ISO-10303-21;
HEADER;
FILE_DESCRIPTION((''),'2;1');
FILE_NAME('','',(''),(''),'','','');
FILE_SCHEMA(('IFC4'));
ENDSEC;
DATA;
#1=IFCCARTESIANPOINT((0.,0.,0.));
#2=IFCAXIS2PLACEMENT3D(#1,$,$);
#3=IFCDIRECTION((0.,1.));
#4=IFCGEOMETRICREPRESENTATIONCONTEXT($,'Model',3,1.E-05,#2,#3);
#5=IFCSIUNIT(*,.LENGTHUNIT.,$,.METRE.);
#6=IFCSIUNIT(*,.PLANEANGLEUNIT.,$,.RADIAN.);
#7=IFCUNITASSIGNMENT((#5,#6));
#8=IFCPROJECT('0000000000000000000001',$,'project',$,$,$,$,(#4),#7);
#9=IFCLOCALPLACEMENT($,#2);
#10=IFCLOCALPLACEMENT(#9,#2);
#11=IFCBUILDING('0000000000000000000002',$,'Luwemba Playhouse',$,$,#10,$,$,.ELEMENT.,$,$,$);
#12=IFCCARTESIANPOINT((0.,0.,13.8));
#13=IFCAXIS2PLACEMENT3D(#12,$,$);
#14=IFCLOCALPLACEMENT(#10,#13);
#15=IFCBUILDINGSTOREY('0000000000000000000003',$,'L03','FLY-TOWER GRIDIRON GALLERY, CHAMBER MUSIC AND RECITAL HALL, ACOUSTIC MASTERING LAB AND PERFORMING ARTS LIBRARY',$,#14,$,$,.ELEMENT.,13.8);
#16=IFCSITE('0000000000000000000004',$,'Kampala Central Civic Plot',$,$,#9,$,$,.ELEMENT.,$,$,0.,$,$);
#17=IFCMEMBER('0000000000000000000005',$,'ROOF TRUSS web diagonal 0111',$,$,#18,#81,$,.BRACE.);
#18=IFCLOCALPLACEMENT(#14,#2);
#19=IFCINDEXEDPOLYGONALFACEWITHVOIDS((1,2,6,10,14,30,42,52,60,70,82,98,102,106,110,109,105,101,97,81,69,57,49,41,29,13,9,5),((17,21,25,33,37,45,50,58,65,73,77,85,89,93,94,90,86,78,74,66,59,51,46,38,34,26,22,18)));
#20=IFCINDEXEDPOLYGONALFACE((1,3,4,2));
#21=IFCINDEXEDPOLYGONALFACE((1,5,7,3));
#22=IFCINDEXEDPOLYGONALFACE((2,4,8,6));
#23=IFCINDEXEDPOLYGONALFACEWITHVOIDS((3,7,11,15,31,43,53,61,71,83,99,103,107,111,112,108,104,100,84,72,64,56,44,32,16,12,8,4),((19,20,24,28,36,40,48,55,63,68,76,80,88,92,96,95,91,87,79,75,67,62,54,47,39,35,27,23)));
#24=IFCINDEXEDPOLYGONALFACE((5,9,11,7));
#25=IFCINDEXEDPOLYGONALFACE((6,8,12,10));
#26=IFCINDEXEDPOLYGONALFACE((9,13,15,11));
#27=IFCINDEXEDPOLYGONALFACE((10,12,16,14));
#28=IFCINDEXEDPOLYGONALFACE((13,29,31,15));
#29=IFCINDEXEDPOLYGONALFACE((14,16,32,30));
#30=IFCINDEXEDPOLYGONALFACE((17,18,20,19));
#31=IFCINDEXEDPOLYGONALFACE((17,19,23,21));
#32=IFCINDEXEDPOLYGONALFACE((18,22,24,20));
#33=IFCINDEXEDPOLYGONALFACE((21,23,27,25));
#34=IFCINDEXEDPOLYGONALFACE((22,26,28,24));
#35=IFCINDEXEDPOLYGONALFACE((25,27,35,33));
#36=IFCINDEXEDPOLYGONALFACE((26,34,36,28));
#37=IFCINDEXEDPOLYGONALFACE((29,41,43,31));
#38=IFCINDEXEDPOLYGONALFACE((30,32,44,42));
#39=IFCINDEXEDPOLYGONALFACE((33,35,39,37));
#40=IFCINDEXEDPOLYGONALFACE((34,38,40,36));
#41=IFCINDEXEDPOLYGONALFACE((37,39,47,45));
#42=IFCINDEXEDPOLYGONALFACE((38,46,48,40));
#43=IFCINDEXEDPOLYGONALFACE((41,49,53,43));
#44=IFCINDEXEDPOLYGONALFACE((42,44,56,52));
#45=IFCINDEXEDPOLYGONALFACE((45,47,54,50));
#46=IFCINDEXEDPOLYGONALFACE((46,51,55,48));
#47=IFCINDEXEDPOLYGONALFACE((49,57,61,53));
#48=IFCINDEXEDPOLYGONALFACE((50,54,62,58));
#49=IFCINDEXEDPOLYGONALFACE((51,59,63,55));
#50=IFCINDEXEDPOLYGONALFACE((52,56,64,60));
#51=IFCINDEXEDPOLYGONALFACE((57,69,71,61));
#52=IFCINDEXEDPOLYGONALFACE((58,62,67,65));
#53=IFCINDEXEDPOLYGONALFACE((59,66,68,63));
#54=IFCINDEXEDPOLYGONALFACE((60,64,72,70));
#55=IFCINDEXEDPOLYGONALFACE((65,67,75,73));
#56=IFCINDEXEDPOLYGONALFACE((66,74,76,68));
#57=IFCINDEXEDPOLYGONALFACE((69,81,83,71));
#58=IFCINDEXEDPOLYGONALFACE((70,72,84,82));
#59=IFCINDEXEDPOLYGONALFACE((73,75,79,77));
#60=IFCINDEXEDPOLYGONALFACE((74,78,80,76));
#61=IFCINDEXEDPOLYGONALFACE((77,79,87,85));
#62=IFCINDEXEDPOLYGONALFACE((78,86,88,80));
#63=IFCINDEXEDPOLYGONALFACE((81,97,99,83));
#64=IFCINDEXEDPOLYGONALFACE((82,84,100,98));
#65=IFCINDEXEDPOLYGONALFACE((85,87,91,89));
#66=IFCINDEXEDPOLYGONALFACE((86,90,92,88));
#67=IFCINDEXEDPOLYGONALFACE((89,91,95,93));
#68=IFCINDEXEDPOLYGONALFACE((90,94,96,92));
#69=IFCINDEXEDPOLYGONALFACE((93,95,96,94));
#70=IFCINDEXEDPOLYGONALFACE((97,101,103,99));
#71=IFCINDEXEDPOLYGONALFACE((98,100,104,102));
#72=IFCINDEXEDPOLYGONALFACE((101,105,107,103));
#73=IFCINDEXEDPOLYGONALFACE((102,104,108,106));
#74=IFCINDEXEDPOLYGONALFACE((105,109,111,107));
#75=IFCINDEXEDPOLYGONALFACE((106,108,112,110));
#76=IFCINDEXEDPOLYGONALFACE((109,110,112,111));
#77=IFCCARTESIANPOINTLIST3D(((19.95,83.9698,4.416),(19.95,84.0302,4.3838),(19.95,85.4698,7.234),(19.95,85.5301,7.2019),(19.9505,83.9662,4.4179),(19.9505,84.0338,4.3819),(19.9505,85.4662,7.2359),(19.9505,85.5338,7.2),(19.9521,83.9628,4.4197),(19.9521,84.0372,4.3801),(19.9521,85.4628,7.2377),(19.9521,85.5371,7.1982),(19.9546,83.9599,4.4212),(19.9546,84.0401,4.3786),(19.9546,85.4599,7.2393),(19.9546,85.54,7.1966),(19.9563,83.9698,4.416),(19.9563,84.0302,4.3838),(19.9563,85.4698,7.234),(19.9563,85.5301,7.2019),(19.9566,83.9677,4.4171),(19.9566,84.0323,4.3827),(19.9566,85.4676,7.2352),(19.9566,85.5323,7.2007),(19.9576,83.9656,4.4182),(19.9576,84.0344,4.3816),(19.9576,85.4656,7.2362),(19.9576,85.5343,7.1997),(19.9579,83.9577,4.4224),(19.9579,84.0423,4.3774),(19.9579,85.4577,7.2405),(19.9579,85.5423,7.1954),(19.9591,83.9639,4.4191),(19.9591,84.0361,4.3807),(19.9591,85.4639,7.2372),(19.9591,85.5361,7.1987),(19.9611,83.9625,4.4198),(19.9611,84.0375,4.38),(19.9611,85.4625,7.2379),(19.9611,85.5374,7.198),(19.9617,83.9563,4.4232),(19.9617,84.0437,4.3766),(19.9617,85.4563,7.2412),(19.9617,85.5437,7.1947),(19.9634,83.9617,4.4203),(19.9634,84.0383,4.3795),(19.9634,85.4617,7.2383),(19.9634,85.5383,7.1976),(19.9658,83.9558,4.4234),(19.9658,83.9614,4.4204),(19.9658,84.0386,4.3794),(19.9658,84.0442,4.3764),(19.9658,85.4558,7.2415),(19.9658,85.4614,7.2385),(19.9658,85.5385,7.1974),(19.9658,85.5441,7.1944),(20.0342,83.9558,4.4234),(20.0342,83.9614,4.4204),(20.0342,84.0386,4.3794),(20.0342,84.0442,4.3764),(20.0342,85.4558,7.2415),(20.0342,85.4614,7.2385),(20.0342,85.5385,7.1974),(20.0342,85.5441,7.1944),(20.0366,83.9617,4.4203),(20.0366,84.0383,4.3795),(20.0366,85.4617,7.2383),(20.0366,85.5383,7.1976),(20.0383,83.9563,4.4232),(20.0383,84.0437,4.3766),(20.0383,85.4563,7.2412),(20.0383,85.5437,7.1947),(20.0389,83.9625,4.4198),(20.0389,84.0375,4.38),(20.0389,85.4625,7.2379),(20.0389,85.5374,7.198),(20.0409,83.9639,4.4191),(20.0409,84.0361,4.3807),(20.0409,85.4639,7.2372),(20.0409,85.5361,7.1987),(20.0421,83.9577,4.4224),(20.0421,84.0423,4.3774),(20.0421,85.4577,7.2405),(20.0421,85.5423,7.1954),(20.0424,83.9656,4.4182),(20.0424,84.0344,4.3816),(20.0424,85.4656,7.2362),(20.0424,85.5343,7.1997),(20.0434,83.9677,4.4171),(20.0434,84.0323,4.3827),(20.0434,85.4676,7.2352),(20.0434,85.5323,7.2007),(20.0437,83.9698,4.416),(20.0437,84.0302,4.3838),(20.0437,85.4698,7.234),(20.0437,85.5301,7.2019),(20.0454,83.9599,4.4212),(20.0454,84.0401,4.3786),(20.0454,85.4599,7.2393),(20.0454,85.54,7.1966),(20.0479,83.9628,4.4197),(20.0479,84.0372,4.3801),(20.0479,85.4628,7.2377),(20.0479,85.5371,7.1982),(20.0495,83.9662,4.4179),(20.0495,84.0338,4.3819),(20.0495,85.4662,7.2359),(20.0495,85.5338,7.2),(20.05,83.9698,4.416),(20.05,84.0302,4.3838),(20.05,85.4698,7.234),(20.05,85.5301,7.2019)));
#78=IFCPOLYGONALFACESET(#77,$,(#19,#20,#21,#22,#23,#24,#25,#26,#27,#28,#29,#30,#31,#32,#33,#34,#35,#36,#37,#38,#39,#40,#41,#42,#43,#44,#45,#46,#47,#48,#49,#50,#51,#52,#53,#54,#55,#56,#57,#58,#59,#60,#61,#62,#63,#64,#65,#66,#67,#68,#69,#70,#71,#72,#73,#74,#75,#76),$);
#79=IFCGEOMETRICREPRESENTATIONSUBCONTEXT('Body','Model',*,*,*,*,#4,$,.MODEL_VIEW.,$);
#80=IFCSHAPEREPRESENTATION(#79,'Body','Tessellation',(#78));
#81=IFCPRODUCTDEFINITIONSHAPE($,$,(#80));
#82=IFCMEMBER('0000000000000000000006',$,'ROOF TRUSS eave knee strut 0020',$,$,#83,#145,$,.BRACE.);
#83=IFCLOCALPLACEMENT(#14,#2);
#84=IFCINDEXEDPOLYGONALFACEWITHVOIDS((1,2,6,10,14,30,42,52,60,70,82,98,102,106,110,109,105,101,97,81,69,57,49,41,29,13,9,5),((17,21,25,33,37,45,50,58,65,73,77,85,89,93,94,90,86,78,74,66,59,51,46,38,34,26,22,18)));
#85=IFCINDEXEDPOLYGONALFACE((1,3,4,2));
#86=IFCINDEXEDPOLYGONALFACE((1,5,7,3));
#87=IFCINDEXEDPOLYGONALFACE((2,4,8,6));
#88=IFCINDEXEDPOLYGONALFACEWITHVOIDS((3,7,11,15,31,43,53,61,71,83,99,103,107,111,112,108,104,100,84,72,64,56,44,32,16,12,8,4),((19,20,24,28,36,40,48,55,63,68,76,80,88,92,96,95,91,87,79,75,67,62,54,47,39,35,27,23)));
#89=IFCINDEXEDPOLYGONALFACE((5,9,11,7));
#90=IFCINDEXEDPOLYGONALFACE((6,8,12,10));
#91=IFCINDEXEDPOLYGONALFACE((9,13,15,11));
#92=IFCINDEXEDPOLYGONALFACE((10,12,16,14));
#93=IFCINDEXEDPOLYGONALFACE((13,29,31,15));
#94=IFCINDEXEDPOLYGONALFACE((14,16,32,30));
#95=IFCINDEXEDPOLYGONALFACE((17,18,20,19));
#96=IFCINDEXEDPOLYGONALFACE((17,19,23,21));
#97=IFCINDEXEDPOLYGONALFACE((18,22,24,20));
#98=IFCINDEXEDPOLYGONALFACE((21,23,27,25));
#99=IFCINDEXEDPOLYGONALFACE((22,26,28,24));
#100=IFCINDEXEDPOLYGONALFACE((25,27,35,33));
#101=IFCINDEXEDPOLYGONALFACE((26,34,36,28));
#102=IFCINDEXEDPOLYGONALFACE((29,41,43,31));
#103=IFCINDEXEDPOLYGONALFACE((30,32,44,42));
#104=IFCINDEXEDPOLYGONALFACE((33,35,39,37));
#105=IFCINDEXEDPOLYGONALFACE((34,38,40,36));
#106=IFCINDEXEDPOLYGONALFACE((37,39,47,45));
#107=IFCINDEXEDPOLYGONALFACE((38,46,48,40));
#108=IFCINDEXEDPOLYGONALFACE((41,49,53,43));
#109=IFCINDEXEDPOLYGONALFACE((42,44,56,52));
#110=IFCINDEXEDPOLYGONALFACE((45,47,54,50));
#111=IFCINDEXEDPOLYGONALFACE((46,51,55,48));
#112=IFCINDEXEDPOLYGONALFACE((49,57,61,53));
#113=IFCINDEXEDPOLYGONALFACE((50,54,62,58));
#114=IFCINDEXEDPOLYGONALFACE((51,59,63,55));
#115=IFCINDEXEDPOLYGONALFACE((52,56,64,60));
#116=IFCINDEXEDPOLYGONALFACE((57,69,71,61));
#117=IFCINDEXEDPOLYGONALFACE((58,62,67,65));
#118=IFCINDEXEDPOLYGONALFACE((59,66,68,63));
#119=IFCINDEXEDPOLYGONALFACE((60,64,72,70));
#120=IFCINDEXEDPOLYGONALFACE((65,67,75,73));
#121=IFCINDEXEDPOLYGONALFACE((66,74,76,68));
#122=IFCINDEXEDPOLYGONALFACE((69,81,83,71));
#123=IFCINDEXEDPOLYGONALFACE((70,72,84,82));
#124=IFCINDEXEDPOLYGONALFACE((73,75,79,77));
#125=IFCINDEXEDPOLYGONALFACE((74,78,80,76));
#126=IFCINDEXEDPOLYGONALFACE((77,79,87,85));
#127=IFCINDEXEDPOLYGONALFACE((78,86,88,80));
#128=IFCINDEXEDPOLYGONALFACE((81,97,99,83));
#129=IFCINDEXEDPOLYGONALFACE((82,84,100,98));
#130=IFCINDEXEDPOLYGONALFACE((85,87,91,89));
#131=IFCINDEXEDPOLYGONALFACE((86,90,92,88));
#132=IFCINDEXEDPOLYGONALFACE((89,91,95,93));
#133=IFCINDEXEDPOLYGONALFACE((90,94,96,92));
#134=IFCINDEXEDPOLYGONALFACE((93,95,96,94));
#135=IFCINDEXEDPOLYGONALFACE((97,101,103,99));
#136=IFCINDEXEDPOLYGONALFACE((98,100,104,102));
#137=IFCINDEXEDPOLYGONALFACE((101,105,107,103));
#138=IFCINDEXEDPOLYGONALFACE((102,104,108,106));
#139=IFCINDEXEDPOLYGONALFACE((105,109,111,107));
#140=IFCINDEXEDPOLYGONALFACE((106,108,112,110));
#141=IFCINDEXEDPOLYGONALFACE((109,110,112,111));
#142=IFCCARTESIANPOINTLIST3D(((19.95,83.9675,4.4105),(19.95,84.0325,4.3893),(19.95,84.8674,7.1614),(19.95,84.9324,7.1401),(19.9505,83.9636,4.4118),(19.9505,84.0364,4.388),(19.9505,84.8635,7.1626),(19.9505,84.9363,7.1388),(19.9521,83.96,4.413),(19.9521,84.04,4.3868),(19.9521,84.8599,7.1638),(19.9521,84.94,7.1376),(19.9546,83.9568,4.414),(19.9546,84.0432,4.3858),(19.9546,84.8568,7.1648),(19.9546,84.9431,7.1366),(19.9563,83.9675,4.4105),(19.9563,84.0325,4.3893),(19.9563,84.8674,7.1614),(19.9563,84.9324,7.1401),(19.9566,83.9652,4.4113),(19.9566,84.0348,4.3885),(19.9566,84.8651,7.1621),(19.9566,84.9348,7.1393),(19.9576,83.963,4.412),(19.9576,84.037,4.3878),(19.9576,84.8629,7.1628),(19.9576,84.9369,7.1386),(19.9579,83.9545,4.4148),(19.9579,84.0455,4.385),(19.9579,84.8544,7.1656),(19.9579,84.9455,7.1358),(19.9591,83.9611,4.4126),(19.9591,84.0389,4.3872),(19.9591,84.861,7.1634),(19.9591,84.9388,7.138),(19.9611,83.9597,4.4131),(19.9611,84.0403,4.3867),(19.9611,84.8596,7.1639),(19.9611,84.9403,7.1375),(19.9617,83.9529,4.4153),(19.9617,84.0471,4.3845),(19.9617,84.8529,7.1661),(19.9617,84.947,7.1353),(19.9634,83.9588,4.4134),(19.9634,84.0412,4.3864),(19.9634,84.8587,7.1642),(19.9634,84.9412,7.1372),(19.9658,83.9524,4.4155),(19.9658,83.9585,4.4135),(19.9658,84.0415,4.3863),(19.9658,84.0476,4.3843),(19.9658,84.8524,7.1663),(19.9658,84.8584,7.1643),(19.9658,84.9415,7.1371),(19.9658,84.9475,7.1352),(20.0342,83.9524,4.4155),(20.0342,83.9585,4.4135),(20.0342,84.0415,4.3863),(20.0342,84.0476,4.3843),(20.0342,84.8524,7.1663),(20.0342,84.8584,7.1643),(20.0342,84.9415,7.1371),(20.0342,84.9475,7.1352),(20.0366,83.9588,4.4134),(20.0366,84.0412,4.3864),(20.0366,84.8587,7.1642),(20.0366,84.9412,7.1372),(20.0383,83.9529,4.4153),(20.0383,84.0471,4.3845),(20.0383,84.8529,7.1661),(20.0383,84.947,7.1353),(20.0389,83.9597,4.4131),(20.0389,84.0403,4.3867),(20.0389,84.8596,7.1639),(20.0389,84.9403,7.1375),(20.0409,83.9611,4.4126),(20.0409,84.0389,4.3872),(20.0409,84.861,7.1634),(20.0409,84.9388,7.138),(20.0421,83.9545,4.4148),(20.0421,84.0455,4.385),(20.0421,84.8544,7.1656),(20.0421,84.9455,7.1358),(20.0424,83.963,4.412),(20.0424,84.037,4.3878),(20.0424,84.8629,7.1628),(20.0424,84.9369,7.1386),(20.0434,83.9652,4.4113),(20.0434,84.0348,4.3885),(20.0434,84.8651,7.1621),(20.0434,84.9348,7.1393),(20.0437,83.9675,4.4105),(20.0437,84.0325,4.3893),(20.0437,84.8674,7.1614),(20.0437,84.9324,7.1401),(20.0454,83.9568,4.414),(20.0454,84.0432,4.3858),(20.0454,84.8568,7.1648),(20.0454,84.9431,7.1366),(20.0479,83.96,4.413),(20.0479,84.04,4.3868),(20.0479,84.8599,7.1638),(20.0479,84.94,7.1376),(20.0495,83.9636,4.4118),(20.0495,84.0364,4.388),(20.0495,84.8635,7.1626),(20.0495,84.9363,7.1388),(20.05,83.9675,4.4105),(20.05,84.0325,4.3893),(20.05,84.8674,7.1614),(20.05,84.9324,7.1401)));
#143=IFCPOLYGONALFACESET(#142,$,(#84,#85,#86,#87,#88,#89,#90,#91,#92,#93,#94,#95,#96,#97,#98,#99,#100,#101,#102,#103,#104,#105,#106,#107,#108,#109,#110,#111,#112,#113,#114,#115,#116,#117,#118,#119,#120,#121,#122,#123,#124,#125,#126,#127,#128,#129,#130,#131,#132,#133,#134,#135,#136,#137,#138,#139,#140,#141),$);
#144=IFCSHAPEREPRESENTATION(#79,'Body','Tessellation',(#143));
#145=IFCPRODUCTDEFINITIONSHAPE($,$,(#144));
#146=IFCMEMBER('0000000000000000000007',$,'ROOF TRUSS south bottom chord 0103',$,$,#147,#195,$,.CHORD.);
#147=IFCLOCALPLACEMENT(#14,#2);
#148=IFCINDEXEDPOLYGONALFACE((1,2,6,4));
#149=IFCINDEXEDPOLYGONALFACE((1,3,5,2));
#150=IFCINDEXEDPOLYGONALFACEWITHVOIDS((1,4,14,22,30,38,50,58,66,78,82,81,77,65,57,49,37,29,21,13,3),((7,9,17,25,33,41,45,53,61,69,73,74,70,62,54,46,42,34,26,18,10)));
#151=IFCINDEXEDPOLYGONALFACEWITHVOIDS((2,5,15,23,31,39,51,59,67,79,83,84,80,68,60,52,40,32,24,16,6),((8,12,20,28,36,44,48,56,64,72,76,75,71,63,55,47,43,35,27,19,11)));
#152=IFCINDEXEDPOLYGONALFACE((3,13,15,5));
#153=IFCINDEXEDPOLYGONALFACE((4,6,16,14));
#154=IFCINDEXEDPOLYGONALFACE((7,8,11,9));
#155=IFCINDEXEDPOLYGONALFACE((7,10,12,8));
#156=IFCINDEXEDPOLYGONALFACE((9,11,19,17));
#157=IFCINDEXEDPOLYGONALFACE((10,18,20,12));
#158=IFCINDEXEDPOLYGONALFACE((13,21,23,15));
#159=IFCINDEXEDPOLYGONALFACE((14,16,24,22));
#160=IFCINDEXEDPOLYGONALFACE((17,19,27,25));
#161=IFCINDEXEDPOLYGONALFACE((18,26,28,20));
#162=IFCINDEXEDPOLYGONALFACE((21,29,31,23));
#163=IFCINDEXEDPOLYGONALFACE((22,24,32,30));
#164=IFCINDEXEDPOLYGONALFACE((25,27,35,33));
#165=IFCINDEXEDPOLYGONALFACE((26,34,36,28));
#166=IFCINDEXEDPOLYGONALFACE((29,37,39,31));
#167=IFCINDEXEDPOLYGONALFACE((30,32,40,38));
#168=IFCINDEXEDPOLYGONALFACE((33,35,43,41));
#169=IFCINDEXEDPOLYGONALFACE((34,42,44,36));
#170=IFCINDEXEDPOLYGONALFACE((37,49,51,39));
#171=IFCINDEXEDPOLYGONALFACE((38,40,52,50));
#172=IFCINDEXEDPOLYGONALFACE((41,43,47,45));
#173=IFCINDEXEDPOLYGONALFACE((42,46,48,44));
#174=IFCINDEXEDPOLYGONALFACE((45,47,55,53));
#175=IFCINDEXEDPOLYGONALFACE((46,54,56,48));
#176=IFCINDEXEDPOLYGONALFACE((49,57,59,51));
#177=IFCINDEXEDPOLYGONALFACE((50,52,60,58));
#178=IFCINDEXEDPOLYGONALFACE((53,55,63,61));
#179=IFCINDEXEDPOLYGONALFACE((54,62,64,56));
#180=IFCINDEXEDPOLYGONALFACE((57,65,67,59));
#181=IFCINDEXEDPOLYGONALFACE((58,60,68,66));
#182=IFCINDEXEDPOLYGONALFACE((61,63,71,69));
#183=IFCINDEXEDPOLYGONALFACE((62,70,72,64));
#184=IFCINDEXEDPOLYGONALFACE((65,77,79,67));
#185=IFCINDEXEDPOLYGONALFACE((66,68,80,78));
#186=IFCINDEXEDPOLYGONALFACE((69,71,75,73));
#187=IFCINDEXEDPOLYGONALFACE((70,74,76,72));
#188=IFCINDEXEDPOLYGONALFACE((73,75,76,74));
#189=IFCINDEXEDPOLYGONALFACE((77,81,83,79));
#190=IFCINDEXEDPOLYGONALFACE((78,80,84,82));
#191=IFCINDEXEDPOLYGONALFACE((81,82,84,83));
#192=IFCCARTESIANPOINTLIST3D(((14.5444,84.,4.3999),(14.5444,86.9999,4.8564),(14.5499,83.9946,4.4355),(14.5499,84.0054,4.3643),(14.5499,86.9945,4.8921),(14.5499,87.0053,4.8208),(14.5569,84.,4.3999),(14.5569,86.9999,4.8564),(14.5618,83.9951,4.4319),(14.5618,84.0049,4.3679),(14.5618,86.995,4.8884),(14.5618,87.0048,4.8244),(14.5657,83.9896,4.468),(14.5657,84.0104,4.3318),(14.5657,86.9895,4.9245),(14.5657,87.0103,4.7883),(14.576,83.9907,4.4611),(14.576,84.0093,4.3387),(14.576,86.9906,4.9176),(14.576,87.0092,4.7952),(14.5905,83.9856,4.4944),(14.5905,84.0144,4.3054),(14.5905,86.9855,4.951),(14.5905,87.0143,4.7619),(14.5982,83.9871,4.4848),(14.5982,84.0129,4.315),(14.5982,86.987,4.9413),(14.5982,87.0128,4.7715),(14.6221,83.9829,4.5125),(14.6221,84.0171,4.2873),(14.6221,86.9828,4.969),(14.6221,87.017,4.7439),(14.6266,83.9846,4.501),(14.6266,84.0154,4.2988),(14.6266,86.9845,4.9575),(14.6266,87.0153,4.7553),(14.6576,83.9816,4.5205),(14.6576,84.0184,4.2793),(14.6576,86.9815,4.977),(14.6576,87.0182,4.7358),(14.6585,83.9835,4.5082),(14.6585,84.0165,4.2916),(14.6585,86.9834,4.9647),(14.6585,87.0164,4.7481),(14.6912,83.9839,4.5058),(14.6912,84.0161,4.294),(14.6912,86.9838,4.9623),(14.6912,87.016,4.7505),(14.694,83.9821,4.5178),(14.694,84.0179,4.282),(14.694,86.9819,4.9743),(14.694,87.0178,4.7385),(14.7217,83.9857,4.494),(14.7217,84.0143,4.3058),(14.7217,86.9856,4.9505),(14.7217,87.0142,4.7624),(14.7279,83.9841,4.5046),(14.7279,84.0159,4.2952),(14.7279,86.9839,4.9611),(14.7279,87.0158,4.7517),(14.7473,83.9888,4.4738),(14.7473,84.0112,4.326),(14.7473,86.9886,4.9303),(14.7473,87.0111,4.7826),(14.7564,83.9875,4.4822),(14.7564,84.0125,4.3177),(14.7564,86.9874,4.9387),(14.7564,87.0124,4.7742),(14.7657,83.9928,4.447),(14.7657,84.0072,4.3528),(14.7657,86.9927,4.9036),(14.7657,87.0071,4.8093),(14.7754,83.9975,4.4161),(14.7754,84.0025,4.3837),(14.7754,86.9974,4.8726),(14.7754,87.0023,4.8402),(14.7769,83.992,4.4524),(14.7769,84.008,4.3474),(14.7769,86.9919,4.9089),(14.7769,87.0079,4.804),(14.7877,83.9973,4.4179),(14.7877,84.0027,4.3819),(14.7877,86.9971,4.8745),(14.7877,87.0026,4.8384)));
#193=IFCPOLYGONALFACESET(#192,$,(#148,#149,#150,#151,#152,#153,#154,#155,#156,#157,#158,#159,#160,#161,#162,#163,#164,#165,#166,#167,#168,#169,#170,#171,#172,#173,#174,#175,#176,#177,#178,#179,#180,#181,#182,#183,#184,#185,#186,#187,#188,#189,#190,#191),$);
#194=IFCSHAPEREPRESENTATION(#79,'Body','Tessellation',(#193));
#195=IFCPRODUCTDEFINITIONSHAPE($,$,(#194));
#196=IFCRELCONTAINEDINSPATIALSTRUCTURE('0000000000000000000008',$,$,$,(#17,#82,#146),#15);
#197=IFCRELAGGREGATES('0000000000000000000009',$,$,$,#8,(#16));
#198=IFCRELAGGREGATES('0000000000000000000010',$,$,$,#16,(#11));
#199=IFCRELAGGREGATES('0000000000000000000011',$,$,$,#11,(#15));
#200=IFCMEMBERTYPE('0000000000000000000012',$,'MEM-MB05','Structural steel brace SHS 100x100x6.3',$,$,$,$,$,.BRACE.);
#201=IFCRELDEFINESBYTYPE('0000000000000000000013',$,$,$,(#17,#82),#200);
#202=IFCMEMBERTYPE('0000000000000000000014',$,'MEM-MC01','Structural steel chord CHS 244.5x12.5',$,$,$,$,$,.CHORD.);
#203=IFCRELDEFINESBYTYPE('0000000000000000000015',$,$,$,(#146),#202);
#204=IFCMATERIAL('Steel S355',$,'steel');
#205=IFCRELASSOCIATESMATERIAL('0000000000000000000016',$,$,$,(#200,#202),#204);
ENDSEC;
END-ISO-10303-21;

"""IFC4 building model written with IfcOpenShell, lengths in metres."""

from ifc_helpers import new_model, si_unit, direction, frame, origin, origin_2d, place, context, subcontext, project, spatial, hollow_rectangle, hollow_circle, extrude, material, material_profile, profile_set, type_object, element, save


model = new_model("IFC4")

# Units and contexts
model_context = context("Model", 3, precision=1e-05, world=origin(), true_north=direction((0.0, 1.0)))
body_context = subcontext(model_context, "Body", "Model", "MODEL_VIEW")
ifc_project = project(units=[si_unit("LENGTHUNIT", "METRE"), si_unit("PLANEANGLEUNIT", "RADIAN")], contexts=[model_context])

# Site, building, storey
site_placement = place(None, origin())
site = spatial("IfcSite", under=ifc_project, at=site_placement, Name="Kampala Central Civic Plot", CompositionType="ELEMENT", RefElevation=0.0)
building_placement = place(site_placement, origin())
building = spatial("IfcBuilding", under=site, at=building_placement, Name="Luwemba Playhouse", CompositionType="ELEMENT")
storey_placement = place(building_placement, frame((0.0, 0.0, 13.8)))
storey = spatial("IfcBuildingStorey", under=building, at=storey_placement, Name="L03", Description="FLY-TOWER GRIDIRON GALLERY, CHAMBER MUSIC AND RECITAL HALL, ACOUSTIC MASTERING LAB AND PERFORMING ARTS LIBRARY", CompositionType="ELEMENT", Elevation=13.8)

# Shared definitions
ifc_material_1 = material(Name="Steel S355", Category="steel")

# Members
ifc_material_profile_1 = material_profile(ifc_material_1, hollow_rectangle(XDim=0.1001, YDim=0.1001, WallThickness=0.0063, InnerFilletRadius=0.0095, OuterFilletRadius=0.0159, at=origin_2d()))
ifc_profile_set_1 = profile_set([ifc_material_profile_1], Name="Steel S355")
member_type_1 = type_object("IfcMemberType", Name="MEM-MB05", Description="Structural steel brace SHS 100x100x6.3", PredefinedType="BRACE", material=ifc_profile_set_1)
member_1_placement = place(storey_placement, frame((20.0, 84.0, 4.3999), z_axis=(0.0, 0.469858, 0.882742), x_axis=(-1.0, 0.0, 0.0)))
element("IfcMember", 1, at=member_1_placement, inside=storey, type_object=member_type_1, Name="ROOF TRUSS web diagonal 0111", PredefinedType="BRACE", context=body_context, shape_type="SweptSolid", body=[
    extrude(hollow_rectangle(XDim=0.1001, YDim=0.1001, WallThickness=0.0063, InnerFilletRadius=0.0095, OuterFilletRadius=0.0159, at=origin_2d()), origin(), (0.0, 0.0, 1.0), 3.1924),
])
member_2_placement = place(storey_placement, frame((20.0, 84.0, 4.3999), z_axis=(0.0, 0.310934, 0.950432), x_axis=(-1.0, 0.0, 0.0)))
element("IfcMember", 2, at=member_2_placement, inside=storey, type_object=member_type_1, Name="ROOF TRUSS eave knee strut 0020", PredefinedType="BRACE", context=body_context, shape_type="SweptSolid", body=[
    extrude(hollow_rectangle(XDim=0.1001, YDim=0.1001, WallThickness=0.0063, InnerFilletRadius=0.0095, OuterFilletRadius=0.0159, at=origin_2d()), origin(), (0.0, 0.0, 1.0), 2.8943),
])
ifc_material_profile_2 = material_profile(ifc_material_1, hollow_circle(Radius=0.1223, WallThickness=0.0125, at=origin_2d()))
ifc_profile_set_2 = profile_set([ifc_material_profile_2], Name="Steel S355")
member_type_2 = type_object("IfcMemberType", Name="MEM-MC01", Description="Structural steel chord CHS 244.5x12.5", PredefinedType="CHORD", material=ifc_profile_set_2)
member_3_placement = place(storey_placement, frame((14.6667, 84.0, 4.3999), z_axis=(0.0, 0.988618, 0.150449), x_axis=(-1.0, 0.0, 0.0)))
element("IfcMember", 3, at=member_3_placement, inside=storey, type_object=member_type_2, Name="ROOF TRUSS south bottom chord 0103", PredefinedType="CHORD", context=body_context, shape_type="SweptSolid", body=[
    extrude(hollow_circle(Radius=0.1223, WallThickness=0.0125, at=origin_2d()), origin(), (0.0, 0.0, 1.0), 3.0344),
])

save(model, "model.ifc")
